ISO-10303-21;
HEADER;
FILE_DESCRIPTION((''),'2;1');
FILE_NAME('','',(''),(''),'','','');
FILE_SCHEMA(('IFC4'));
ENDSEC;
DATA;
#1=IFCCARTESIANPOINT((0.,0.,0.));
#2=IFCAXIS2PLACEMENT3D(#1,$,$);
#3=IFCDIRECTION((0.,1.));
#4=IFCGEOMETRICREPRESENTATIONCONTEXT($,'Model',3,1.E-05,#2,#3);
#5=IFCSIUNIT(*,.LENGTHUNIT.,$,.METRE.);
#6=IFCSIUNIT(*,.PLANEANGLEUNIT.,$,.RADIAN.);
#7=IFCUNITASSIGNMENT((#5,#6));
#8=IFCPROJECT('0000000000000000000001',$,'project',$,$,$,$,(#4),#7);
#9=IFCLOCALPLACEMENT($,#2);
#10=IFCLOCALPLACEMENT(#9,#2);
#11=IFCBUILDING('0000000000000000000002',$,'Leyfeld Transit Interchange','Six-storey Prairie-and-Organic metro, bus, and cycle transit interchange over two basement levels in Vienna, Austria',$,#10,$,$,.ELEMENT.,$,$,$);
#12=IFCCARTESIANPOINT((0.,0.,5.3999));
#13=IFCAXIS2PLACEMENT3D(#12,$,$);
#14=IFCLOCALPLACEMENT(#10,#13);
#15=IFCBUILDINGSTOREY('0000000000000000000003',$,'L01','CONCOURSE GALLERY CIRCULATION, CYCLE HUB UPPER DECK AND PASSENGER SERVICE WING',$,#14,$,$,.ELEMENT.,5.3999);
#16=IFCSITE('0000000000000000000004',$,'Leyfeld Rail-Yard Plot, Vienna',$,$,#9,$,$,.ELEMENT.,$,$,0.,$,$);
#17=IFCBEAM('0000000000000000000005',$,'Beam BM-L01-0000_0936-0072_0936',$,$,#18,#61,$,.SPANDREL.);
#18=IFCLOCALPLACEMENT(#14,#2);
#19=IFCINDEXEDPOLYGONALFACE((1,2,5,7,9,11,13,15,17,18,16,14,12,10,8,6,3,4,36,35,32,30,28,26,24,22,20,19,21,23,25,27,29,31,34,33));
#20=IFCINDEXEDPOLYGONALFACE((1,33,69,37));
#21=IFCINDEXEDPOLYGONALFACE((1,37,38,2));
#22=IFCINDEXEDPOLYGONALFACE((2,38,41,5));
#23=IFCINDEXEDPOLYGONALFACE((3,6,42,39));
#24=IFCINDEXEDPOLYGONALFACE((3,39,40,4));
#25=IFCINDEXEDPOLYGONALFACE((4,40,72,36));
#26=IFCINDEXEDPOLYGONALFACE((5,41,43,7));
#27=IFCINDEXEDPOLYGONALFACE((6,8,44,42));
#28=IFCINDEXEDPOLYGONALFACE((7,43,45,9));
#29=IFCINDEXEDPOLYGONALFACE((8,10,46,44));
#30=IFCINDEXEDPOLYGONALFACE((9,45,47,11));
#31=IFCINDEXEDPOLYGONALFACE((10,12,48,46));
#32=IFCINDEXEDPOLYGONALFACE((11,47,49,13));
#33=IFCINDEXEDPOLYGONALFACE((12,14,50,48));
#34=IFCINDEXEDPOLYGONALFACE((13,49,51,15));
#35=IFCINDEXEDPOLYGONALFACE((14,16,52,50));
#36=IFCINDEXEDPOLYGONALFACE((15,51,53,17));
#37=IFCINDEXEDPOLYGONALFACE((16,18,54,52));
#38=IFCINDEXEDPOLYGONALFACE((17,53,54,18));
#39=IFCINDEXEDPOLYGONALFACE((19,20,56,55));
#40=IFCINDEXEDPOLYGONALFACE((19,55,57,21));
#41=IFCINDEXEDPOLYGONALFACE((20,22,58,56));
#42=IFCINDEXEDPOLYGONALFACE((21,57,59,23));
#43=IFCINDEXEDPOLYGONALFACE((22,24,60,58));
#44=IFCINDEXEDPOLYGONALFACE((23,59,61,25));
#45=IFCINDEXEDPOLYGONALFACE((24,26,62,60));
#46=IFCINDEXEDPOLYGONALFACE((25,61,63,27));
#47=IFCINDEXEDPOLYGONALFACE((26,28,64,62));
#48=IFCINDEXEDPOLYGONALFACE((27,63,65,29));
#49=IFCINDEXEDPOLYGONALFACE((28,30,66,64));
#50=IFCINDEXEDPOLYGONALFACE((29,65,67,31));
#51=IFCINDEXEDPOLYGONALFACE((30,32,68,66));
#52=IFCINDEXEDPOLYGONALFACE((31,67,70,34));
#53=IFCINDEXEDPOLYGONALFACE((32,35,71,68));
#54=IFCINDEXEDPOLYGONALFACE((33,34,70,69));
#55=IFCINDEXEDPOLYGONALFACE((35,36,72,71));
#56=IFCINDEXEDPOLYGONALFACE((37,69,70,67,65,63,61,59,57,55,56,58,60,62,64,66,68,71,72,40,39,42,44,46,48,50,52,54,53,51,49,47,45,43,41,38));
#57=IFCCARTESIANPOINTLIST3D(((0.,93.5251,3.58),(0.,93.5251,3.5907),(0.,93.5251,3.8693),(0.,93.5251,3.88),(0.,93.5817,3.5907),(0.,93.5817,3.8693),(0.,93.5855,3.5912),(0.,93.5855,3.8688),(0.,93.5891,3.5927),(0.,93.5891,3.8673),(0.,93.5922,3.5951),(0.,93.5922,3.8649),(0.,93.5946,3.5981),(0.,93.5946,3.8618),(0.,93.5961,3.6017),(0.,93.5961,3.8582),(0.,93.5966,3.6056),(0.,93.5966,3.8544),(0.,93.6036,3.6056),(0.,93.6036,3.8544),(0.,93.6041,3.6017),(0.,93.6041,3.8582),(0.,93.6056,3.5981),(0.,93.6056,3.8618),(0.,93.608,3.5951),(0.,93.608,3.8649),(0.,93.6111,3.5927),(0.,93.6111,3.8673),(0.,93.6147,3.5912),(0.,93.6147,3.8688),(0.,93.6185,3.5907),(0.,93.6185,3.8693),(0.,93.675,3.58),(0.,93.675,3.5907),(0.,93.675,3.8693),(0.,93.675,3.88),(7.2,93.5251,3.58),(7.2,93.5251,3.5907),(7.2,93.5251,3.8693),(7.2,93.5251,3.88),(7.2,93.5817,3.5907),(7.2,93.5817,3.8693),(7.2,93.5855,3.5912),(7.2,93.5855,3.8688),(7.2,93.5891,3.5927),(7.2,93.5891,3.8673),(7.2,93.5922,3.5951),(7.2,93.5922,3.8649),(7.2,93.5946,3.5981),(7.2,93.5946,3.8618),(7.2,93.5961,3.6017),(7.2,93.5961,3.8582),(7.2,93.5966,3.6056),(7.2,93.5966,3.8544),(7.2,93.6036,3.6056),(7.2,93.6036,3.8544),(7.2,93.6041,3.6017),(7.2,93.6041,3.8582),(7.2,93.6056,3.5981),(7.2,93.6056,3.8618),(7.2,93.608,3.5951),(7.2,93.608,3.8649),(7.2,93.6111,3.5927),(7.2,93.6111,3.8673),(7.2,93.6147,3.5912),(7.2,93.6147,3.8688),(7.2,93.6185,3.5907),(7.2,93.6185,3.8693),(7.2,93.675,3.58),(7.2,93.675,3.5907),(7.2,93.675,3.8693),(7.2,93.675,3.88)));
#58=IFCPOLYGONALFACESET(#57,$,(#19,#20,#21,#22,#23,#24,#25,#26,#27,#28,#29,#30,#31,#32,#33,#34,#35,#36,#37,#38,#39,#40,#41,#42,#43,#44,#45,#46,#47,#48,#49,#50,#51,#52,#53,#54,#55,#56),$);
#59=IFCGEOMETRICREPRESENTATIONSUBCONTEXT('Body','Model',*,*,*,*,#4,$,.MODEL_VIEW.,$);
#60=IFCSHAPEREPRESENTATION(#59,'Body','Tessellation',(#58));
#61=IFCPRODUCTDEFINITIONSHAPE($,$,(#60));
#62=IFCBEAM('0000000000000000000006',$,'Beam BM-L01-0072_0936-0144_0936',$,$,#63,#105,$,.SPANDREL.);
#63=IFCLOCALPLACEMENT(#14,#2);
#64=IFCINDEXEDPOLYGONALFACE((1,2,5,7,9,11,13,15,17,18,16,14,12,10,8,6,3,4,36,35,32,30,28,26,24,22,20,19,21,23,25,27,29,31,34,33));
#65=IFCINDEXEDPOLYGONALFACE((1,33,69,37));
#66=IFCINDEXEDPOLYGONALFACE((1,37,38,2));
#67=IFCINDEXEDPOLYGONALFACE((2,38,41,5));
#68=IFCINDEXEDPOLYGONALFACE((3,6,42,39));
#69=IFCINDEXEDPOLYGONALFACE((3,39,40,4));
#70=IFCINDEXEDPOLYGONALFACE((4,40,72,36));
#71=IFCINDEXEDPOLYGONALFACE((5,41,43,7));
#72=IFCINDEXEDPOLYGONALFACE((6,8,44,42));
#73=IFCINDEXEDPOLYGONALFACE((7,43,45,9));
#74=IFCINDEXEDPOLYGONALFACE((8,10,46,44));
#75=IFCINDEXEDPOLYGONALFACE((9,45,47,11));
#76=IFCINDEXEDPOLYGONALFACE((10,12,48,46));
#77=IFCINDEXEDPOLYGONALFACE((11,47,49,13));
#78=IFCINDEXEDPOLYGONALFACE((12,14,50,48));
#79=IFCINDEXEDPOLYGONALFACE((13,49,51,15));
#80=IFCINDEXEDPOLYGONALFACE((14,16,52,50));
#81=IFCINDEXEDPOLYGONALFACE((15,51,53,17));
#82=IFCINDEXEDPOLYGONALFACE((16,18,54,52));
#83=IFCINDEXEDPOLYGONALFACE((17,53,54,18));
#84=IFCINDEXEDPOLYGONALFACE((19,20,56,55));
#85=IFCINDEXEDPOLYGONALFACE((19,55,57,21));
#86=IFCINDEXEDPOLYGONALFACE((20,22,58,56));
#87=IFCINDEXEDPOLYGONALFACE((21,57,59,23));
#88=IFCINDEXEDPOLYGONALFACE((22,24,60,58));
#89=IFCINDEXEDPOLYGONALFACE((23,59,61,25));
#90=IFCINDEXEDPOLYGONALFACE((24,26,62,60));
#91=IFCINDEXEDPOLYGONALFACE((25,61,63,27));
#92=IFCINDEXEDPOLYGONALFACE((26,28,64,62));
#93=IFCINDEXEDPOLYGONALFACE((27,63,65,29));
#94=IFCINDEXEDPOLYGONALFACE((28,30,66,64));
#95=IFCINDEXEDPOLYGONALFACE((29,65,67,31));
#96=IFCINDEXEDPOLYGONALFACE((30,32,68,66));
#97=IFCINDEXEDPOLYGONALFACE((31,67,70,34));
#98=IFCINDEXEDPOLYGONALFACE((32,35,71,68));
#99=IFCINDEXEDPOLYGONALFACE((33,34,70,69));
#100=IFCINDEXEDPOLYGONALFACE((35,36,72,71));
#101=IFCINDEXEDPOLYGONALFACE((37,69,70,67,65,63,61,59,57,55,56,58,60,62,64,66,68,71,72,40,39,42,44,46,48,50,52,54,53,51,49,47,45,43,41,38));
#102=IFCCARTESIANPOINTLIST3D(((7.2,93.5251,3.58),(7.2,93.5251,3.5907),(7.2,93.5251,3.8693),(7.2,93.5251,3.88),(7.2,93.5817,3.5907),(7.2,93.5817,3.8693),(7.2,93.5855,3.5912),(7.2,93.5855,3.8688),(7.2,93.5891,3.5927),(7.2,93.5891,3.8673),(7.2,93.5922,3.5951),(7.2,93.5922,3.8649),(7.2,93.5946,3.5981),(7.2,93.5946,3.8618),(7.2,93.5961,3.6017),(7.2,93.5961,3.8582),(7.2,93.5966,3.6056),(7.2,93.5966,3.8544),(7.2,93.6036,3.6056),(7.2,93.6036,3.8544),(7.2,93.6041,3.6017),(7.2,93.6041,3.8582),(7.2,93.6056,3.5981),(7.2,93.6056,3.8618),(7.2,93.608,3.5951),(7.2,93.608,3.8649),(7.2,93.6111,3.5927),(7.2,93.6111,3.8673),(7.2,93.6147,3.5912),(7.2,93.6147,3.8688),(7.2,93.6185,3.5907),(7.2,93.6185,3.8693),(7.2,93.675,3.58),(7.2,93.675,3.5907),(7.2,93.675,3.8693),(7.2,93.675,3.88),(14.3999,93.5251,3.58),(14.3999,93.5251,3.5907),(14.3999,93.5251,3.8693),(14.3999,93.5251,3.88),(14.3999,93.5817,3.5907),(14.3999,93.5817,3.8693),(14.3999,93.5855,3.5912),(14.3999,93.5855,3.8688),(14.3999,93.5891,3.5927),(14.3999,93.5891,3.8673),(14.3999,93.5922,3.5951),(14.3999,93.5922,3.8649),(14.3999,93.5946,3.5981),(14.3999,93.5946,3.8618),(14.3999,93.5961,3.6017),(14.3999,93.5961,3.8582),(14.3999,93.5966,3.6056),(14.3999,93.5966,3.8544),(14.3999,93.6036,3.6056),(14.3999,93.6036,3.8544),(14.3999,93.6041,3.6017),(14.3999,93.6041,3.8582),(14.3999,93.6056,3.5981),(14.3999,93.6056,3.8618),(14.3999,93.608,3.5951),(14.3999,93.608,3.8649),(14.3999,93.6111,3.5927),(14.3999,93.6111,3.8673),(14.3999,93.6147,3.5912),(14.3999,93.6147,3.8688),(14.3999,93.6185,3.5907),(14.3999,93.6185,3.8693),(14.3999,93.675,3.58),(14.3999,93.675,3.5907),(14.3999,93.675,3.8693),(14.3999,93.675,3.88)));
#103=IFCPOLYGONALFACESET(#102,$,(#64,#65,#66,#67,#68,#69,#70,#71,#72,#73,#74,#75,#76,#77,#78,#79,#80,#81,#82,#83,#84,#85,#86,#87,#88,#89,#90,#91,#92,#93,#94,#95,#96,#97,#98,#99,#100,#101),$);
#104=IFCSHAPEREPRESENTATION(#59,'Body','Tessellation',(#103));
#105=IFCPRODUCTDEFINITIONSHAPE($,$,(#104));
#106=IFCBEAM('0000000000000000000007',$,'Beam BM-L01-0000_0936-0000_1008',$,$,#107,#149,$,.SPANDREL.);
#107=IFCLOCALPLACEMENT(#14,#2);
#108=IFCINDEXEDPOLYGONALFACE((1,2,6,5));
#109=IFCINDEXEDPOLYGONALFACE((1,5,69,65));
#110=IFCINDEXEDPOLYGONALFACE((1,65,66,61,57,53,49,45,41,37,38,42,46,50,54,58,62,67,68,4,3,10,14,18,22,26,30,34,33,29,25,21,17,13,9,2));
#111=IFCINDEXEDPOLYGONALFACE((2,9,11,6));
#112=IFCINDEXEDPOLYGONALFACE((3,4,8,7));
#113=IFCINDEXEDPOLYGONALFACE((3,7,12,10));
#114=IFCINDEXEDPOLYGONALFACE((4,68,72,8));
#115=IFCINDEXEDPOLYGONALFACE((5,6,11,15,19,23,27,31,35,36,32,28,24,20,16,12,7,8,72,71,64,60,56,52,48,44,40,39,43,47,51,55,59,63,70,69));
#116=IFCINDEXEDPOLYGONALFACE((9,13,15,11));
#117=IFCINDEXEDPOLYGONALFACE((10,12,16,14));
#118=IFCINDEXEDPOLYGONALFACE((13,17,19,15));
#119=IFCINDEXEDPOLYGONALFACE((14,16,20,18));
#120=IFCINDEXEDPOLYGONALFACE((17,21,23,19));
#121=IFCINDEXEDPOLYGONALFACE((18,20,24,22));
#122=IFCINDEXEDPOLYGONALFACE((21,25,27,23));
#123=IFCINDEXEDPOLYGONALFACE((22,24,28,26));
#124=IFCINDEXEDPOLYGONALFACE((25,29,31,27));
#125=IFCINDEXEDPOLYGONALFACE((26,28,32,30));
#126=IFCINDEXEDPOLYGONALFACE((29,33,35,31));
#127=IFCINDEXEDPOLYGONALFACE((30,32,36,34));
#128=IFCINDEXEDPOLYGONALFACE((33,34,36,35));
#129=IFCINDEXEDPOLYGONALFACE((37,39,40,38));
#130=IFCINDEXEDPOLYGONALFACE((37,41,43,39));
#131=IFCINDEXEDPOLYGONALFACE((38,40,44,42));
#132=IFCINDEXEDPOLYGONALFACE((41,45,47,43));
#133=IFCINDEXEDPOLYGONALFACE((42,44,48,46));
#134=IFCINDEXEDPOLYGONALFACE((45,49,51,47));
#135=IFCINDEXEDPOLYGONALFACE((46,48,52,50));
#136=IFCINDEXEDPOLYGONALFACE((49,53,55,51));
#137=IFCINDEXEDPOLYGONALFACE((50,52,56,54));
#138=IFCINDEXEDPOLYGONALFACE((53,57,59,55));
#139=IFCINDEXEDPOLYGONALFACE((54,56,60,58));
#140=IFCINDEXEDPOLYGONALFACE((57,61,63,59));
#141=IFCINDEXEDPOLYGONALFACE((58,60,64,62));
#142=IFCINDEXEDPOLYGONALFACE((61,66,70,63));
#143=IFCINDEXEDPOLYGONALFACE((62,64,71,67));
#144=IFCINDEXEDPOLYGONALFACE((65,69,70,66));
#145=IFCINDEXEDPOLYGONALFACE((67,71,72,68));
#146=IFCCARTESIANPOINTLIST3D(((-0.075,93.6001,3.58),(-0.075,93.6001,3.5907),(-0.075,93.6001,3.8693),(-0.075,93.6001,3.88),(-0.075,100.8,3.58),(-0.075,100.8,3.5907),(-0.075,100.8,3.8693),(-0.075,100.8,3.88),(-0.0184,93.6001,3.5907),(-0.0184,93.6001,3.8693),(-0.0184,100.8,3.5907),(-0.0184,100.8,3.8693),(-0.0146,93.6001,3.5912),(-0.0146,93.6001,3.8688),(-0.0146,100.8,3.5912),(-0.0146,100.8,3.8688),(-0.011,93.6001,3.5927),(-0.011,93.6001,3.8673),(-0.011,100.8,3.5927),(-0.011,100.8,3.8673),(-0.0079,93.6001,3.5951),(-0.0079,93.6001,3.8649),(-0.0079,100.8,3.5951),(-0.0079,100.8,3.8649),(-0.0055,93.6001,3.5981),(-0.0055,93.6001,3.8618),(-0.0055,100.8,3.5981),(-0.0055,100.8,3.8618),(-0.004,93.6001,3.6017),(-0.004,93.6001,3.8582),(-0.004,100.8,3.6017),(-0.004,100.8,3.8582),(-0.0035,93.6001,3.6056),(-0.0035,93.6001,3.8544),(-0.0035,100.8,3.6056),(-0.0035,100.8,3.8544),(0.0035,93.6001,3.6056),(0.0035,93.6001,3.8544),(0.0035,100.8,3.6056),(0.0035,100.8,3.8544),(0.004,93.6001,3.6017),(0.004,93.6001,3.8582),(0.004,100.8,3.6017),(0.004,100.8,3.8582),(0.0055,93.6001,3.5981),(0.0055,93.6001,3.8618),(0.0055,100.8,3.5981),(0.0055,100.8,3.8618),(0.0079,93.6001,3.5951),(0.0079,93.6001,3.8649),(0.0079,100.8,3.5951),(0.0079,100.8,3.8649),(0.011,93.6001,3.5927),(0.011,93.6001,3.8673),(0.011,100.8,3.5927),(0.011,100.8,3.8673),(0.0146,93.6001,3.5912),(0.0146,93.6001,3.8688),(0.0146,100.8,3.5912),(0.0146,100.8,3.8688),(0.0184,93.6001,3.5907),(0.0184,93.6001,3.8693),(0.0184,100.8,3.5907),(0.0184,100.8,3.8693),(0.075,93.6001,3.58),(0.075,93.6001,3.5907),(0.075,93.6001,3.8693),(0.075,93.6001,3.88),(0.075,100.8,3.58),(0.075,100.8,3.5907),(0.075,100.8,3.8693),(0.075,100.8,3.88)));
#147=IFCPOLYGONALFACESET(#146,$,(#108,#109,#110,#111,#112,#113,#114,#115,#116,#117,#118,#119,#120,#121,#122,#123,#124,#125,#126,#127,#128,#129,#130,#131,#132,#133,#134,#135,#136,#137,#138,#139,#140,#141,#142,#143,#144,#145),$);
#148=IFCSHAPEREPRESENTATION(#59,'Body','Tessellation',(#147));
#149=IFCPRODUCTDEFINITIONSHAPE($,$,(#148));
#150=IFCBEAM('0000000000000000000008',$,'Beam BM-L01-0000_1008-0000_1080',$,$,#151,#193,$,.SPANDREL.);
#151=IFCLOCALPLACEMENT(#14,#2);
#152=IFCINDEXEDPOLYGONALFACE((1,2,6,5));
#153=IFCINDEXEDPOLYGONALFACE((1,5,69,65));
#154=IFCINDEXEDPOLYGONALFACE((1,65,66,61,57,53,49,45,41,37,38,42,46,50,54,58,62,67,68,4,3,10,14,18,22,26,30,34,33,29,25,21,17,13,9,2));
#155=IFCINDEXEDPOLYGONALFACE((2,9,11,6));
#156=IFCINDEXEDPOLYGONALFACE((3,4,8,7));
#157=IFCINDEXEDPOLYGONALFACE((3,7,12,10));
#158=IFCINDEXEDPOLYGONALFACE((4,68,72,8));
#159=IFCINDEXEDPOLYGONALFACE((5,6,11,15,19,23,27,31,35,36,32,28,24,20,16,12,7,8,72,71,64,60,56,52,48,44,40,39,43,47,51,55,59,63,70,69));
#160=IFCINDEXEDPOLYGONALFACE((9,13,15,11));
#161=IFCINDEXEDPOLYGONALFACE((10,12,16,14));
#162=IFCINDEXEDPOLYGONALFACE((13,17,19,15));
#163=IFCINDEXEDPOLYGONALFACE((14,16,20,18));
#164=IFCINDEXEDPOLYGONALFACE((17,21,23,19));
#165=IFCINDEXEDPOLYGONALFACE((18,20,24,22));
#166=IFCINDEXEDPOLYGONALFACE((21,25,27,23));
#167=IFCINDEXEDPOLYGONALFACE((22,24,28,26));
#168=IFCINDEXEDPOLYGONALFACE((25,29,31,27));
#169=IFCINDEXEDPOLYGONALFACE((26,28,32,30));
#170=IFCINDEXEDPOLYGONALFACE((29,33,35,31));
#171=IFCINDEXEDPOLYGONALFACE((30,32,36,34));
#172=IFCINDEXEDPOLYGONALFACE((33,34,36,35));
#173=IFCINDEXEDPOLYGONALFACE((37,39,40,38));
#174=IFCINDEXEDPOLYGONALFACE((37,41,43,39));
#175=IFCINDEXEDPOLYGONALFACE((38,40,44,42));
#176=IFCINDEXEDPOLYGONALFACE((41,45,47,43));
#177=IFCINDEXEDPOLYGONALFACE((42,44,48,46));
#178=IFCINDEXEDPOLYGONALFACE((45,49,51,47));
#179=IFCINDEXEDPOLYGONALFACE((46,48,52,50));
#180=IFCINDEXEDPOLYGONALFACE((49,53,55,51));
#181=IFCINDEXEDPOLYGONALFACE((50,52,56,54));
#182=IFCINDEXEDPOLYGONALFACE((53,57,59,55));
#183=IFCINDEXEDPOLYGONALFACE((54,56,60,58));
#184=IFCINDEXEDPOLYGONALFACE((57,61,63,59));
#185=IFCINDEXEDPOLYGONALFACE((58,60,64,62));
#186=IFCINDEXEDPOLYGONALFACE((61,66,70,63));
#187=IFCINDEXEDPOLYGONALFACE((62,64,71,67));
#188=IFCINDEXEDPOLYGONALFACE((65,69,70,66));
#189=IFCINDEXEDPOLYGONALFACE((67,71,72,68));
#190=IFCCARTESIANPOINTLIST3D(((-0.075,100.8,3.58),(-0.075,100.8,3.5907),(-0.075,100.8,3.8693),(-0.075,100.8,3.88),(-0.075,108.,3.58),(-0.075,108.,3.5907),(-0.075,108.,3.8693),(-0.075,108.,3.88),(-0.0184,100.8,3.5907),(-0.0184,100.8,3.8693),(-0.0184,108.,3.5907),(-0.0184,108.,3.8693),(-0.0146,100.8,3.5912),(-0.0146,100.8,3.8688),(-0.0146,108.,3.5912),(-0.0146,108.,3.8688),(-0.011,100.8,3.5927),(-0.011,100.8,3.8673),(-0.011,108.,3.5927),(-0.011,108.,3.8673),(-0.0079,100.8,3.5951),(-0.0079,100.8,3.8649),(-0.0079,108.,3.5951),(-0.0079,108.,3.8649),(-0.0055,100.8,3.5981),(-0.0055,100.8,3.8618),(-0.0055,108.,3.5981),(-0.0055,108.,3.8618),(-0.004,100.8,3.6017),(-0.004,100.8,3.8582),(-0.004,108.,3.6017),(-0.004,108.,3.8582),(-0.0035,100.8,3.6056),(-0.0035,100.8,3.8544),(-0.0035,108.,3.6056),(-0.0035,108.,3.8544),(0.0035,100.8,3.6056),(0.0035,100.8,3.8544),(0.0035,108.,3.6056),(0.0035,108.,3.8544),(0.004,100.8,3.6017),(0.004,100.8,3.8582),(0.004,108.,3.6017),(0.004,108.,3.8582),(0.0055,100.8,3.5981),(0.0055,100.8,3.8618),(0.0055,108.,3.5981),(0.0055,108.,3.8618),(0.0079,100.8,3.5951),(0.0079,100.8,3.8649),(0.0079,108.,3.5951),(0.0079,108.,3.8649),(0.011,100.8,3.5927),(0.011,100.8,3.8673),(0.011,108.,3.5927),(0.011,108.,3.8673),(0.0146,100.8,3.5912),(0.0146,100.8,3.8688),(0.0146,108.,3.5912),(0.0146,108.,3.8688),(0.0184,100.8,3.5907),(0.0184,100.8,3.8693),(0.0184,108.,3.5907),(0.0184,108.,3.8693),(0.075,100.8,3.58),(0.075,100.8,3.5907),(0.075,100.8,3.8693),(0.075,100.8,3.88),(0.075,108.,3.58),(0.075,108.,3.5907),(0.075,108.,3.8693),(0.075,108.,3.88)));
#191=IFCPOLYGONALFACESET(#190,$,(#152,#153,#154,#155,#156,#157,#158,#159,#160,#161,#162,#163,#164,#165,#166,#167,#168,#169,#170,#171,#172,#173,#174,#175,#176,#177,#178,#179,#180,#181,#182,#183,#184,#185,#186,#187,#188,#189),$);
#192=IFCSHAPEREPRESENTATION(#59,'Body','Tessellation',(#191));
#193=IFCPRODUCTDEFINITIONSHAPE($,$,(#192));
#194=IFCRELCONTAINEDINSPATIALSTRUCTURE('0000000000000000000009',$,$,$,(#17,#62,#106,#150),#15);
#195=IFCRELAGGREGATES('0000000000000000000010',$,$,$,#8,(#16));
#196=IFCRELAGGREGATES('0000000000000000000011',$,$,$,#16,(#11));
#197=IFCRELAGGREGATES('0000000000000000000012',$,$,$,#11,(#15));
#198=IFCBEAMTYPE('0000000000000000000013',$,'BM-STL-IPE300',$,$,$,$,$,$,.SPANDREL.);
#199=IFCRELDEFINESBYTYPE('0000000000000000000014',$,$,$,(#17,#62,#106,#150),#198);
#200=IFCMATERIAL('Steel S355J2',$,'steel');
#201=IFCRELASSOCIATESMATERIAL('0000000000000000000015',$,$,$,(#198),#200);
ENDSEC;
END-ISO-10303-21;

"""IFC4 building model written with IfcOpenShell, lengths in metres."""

from ifc_helpers import new_model, si_unit, direction, frame, origin, origin_2d, place, context, subcontext, project, spatial, i_section, extrude, material, material_profile, profile_set, type_object, element, save


model = new_model("IFC4")

# Units and contexts
model_context = context("Model", 3, precision=1e-05, world=origin(), true_north=direction((0.0, 1.0)))
body_context = subcontext(model_context, "Body", "Model", "MODEL_VIEW")
ifc_project = project(units=[si_unit("LENGTHUNIT", "METRE"), si_unit("PLANEANGLEUNIT", "RADIAN")], contexts=[model_context])

# Site, building, storey
site_placement = place(None, origin())
site = spatial("IfcSite", under=ifc_project, at=site_placement, Name="Leyfeld Rail-Yard Plot, Vienna", CompositionType="ELEMENT", RefElevation=0.0)
building_placement = place(site_placement, origin())
building = spatial("IfcBuilding", under=site, at=building_placement, Name="Leyfeld Transit Interchange", Description="Six-storey Prairie-and-Organic metro, bus, and cycle transit interchange over two basement levels in Vienna, Austria", CompositionType="ELEMENT")
storey_placement = place(building_placement, frame((0.0, 0.0, 5.3999)))
storey = spatial("IfcBuildingStorey", under=building, at=storey_placement, Name="L01", Description="CONCOURSE GALLERY CIRCULATION, CYCLE HUB UPPER DECK AND PASSENGER SERVICE WING", CompositionType="ELEMENT", Elevation=5.3999)

# Beams
ifc_material_1 = material(Name="Steel S355J2", Category="steel")
ifc_material_profile_1 = material_profile(ifc_material_1, i_section(OverallWidth=0.1499, OverallDepth=0.3, WebThickness=0.0071, FlangeThickness=0.0107, FilletRadius=0.0149, at=origin_2d()), Name="IPE 300")
ifc_profile_set_1 = profile_set([ifc_material_profile_1], Name="Steel S355J2")
beam_type_1 = type_object("IfcBeamType", Name="BM-STL-IPE300", PredefinedType="SPANDREL", material=ifc_profile_set_1)
for number, where, z_axis, x_axis, name in (
    (1, (0.0, 93.6001, 3.73), (1.0, 0.0, 0.0), (0.0, 1.0, 0.0), "Beam BM-L01-0000_0936-0072_0936"),
    (2, (7.2, 93.6001, 3.73), (1.0, 0.0, 0.0), (0.0, 1.0, 0.0), "Beam BM-L01-0072_0936-0144_0936"),
    (3, (0.0, 93.6001, 3.73), (0.0, 1.0, 0.0), (-1.0, 0.0, 0.0), "Beam BM-L01-0000_0936-0000_1008"),
    (4, (0.0, 100.8, 3.73), (0.0, 1.0, 0.0), (-1.0, 0.0, 0.0), "Beam BM-L01-0000_1008-0000_1080"),
):
    element("IfcBeam", number, at=place(storey_placement, frame(where, z_axis=z_axis, x_axis=x_axis)), inside=storey, type_object=beam_type_1, Name=name, PredefinedType="SPANDREL", context=body_context, shape_type="SweptSolid", body=[
        extrude(i_section(OverallWidth=0.1499, OverallDepth=0.3, WebThickness=0.0071, FlangeThickness=0.0107, FilletRadius=0.0149, at=origin_2d()), origin(), (0.0, 0.0, 1.0), 7.2),
    ])

save(model, "model.ifc")
